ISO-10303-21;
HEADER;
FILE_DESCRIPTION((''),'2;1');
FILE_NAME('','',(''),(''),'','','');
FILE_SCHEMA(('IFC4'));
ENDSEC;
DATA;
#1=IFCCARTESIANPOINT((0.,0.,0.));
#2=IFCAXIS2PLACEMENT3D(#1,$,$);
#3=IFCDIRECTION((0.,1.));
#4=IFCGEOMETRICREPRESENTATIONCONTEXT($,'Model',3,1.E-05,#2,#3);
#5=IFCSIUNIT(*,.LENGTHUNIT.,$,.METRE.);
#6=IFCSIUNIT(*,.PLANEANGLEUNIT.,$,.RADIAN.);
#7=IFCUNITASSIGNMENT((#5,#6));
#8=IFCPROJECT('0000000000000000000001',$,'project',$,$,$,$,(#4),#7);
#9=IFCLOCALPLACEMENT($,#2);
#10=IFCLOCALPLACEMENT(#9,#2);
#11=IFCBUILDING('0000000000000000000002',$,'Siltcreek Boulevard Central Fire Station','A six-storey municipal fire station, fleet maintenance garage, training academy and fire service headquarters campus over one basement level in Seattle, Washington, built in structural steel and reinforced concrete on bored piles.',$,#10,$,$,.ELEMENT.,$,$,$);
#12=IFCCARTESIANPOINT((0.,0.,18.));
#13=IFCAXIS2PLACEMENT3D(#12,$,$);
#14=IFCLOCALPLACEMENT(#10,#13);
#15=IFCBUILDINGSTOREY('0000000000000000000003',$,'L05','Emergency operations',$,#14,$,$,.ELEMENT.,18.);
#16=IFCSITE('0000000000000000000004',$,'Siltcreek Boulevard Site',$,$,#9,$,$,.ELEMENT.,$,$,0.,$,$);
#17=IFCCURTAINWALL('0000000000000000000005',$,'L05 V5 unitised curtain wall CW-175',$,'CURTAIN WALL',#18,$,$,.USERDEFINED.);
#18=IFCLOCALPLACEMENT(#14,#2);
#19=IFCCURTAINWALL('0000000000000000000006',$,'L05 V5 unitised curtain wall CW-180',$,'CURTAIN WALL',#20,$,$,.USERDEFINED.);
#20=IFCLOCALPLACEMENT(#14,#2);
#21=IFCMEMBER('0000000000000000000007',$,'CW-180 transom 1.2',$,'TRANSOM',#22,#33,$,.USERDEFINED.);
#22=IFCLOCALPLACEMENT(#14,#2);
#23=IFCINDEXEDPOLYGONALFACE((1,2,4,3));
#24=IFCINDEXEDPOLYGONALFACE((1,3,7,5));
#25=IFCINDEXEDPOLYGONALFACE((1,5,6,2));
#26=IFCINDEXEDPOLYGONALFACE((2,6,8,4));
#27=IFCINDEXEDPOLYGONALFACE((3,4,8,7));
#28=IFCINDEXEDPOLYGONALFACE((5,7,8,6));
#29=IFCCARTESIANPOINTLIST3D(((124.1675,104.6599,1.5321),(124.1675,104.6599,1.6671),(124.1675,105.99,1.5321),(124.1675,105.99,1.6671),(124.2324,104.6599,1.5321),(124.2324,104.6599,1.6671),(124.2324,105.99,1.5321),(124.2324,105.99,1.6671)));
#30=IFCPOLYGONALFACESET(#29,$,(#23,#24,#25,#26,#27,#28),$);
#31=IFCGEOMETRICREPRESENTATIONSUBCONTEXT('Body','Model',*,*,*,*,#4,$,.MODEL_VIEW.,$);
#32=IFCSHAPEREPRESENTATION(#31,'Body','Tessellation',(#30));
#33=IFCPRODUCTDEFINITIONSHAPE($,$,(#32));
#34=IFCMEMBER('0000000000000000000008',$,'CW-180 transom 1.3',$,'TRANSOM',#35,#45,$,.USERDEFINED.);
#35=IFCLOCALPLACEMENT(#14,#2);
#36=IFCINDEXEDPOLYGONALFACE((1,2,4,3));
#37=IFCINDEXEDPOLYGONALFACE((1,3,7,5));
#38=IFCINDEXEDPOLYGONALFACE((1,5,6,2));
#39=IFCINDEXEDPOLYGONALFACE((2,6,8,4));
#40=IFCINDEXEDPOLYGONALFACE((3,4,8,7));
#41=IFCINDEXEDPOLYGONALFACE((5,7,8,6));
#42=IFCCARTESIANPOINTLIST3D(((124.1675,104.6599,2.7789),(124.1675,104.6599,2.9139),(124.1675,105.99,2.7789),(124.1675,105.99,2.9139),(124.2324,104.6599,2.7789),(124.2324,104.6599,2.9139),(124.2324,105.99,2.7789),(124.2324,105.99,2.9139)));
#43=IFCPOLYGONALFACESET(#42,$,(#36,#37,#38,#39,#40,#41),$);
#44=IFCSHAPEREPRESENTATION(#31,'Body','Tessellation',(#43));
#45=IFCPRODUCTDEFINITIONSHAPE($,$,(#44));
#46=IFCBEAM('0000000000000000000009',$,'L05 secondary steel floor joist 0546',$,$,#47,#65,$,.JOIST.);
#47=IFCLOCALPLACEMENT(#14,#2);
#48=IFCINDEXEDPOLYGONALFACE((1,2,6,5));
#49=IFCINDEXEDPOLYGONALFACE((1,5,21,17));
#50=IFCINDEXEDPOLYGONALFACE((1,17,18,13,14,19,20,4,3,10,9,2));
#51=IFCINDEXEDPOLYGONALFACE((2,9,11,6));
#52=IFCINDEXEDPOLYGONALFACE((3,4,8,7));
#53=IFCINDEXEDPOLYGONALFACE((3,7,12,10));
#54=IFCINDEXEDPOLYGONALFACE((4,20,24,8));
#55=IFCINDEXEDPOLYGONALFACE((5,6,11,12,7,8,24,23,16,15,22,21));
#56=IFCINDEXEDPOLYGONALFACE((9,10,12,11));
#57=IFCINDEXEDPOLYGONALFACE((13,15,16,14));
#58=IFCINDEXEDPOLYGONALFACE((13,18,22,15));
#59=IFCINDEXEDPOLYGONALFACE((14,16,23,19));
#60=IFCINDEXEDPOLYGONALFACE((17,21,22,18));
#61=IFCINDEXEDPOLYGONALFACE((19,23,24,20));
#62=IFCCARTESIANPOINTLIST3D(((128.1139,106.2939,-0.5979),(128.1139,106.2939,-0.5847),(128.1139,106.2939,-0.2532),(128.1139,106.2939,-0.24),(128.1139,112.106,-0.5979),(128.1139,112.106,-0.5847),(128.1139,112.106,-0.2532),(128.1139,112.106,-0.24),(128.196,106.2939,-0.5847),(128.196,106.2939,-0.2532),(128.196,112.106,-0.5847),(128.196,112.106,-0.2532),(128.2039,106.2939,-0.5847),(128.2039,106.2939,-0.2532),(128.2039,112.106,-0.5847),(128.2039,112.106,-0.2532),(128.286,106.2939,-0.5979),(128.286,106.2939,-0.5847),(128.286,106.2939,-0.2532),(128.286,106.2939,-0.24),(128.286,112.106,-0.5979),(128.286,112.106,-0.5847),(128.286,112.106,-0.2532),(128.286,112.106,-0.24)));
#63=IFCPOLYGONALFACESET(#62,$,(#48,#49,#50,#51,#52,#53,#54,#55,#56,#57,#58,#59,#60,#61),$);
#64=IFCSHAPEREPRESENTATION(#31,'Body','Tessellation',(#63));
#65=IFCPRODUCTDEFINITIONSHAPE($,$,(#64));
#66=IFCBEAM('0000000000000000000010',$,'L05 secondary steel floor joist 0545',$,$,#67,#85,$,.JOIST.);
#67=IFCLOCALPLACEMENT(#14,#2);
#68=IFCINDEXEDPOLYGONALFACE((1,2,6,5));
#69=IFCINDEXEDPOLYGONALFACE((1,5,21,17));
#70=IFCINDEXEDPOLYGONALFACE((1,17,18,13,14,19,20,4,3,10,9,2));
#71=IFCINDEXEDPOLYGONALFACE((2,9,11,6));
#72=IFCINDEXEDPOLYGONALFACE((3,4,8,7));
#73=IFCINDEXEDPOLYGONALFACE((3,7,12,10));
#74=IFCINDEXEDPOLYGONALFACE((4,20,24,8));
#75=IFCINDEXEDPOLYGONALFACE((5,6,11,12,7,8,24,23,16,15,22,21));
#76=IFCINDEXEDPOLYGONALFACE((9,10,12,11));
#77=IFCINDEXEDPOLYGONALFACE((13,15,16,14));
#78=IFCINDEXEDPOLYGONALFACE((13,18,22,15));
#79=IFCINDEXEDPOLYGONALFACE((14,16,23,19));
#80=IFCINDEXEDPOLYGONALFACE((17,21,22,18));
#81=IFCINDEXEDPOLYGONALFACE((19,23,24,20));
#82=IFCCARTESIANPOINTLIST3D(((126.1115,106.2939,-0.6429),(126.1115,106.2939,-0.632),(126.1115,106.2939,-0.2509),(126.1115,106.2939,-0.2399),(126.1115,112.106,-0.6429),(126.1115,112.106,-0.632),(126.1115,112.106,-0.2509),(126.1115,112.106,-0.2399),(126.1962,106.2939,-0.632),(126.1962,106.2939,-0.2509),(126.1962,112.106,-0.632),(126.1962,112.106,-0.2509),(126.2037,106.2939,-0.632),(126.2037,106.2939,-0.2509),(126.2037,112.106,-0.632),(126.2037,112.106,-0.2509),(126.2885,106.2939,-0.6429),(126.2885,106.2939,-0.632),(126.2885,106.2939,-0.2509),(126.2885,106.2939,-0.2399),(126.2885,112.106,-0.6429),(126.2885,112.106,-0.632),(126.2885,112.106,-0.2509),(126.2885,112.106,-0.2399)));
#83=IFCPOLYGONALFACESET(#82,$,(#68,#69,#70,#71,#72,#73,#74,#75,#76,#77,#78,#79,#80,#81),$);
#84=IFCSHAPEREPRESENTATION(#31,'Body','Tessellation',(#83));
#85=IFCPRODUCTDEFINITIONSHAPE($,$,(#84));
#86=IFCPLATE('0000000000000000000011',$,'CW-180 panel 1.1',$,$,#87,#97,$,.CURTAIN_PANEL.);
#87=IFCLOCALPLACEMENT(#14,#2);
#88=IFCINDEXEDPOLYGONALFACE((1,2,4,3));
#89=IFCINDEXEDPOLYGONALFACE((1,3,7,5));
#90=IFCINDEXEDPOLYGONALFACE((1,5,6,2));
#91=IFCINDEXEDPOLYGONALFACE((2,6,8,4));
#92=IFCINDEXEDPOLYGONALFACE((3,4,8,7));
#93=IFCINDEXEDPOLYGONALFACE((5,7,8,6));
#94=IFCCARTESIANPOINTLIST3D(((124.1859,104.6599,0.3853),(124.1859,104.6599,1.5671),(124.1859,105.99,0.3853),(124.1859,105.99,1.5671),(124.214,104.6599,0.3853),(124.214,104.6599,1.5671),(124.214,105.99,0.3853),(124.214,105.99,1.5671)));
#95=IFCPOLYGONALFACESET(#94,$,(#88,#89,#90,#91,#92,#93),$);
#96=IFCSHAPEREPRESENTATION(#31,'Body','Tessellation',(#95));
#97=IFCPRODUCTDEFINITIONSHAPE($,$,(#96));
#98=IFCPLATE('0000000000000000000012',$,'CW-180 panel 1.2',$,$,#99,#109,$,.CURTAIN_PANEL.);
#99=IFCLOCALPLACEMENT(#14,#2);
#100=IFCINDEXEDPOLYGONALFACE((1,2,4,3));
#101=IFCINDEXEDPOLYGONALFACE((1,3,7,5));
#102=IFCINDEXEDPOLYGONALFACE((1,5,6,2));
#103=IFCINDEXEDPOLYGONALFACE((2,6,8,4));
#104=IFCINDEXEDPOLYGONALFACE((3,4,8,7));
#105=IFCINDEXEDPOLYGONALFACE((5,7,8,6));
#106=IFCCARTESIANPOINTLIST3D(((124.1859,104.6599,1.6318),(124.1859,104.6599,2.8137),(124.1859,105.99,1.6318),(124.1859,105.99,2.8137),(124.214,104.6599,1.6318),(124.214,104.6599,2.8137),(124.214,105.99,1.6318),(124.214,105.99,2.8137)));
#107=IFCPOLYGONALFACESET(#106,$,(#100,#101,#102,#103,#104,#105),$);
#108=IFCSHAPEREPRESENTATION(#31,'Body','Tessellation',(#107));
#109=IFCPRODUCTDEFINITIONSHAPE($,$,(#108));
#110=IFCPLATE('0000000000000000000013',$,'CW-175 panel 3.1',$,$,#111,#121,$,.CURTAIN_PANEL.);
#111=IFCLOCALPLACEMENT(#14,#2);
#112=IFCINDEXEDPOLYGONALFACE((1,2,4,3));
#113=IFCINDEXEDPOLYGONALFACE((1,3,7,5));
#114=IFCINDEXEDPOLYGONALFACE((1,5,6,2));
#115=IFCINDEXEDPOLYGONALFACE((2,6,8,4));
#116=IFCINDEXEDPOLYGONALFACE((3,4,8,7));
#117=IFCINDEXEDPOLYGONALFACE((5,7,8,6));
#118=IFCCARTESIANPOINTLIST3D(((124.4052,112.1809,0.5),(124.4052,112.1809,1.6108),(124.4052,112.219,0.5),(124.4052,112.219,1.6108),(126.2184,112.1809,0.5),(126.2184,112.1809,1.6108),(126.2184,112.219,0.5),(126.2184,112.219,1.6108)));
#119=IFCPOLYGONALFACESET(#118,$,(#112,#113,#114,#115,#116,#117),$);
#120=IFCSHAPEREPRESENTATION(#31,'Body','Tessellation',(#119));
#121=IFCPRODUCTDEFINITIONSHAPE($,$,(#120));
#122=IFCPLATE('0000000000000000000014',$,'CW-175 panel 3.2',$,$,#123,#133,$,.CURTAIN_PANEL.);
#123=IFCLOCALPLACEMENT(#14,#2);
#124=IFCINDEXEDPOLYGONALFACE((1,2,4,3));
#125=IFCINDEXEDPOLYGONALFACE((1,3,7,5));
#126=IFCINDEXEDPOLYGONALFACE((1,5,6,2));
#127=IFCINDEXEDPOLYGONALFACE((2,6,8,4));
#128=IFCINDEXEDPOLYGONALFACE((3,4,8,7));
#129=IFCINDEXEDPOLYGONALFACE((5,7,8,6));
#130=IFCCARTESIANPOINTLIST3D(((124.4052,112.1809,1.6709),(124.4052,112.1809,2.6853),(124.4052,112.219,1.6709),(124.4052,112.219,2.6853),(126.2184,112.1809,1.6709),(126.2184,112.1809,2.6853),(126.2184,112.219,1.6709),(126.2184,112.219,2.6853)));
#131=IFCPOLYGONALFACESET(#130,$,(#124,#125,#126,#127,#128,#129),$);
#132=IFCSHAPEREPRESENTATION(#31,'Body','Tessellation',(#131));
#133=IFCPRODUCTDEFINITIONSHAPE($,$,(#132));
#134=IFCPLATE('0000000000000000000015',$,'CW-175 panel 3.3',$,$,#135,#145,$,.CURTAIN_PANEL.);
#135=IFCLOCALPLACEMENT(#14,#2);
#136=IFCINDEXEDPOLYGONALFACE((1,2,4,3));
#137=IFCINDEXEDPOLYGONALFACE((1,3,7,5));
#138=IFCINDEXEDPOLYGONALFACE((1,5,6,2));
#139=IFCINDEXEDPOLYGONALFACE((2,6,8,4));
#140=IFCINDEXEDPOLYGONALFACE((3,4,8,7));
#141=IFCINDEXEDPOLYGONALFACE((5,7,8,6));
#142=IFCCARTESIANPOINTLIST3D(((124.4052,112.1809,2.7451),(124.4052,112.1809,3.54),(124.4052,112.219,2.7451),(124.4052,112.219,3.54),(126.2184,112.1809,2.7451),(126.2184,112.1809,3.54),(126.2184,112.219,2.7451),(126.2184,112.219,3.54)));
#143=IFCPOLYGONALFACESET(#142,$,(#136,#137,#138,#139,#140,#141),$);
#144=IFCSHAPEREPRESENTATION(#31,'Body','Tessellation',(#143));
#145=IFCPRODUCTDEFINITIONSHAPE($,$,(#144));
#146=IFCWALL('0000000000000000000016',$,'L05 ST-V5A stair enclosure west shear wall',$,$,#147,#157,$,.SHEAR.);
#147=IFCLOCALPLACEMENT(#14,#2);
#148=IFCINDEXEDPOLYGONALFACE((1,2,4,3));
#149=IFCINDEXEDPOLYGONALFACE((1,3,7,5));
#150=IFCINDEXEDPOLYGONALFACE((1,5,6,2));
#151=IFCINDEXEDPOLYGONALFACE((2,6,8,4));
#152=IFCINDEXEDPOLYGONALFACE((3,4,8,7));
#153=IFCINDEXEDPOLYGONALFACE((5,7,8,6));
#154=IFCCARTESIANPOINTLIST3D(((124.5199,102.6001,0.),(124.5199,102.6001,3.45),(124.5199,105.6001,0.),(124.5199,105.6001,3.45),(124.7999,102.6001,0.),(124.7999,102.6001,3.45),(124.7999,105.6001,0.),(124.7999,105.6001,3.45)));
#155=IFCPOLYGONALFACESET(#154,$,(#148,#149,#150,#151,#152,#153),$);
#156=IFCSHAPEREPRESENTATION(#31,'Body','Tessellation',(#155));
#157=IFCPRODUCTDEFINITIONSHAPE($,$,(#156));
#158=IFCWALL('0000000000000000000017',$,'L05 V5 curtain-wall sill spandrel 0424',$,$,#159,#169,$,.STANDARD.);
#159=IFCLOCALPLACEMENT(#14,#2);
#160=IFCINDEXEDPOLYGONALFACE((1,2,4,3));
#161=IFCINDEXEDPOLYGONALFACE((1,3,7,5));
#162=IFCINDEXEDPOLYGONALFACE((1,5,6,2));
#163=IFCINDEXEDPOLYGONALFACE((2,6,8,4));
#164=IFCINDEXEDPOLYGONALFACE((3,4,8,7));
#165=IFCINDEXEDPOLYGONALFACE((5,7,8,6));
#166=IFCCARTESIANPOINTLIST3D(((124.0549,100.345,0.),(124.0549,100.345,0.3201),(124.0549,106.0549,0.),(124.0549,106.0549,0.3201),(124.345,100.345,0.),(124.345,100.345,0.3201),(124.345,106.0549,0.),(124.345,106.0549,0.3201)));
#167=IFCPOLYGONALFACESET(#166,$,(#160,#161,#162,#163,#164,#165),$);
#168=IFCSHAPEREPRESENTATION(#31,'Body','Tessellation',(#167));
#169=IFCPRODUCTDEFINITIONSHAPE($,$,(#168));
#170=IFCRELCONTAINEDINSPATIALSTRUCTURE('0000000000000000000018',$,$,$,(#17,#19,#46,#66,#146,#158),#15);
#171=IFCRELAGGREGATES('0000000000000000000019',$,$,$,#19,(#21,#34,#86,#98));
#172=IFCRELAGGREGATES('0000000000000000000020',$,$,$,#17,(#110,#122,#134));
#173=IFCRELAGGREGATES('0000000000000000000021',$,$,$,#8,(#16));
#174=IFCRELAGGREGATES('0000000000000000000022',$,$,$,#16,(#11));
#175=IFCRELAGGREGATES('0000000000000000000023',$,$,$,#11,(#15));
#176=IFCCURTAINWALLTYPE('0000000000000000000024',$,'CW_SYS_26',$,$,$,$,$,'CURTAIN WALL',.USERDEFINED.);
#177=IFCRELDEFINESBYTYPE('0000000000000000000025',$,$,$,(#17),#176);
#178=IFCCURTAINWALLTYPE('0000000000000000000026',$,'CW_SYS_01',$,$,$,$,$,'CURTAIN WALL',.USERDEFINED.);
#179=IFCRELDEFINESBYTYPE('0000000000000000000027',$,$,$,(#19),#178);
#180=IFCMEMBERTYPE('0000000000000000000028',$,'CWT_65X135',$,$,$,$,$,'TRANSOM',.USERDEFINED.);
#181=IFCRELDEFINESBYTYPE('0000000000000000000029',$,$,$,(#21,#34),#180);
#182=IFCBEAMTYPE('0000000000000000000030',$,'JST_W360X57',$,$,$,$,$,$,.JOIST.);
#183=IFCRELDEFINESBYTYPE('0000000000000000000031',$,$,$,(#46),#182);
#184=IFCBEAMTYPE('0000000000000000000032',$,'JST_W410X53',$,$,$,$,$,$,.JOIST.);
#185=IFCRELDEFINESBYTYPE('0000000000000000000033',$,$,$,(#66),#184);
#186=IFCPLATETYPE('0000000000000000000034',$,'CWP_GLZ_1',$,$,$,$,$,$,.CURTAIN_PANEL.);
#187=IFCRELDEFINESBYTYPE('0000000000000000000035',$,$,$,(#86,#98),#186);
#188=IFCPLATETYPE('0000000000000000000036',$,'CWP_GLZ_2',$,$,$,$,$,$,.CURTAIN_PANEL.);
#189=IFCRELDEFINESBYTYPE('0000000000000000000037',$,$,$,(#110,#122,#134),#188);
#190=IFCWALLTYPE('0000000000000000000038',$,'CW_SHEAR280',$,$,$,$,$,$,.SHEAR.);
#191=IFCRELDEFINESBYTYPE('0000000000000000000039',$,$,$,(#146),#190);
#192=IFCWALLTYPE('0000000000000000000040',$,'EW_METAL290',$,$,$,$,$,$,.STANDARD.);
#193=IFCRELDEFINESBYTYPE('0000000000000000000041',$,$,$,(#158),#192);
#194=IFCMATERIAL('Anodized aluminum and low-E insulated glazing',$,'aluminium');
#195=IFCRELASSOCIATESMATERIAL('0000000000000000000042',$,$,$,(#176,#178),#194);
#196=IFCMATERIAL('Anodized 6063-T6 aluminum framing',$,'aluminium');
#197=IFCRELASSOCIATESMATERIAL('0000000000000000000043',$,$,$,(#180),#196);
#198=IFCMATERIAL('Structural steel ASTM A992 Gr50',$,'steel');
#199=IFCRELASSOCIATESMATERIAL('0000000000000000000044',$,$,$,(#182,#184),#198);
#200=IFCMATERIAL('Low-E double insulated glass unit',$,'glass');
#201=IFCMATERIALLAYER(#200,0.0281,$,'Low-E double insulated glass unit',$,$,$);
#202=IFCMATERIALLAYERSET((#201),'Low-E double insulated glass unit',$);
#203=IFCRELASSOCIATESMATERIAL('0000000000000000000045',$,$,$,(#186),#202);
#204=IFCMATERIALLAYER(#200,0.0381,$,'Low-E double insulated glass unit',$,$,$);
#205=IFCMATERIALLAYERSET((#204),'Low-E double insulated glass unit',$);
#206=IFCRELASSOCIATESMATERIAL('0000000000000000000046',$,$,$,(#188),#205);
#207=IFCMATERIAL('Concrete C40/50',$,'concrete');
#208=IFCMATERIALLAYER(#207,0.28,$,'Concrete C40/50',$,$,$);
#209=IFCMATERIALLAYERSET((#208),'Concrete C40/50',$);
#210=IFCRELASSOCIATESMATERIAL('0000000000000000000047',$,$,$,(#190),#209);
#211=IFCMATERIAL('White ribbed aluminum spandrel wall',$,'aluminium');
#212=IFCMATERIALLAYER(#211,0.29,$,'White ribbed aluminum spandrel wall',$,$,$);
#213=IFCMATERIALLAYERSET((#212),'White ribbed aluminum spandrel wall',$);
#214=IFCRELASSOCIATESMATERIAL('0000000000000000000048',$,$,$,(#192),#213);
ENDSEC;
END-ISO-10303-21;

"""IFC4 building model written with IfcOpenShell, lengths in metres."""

from ifc_helpers import new_model, si_unit, direction, frame, frame_2d, origin, origin_2d, place, context, subcontext, project, spatial, rectangle, i_section, extrude, material, layer, layer_set, material_profile, profile_set, type_object, element, aggregate, save


model = new_model("IFC4")

# Units and contexts
model_context = context("Model", 3, precision=1e-05, world=origin(), true_north=direction((0.0, 1.0)))
body_context = subcontext(model_context, "Body", "Model", "MODEL_VIEW")
ifc_project = project(units=[si_unit("LENGTHUNIT", "METRE"), si_unit("PLANEANGLEUNIT", "RADIAN")], contexts=[model_context])

# Site, building, storey
site_placement = place(None, origin())
site = spatial("IfcSite", under=ifc_project, at=site_placement, Name="Siltcreek Boulevard Site", CompositionType="ELEMENT", RefElevation=0.0)
building_placement = place(site_placement, origin())
building = spatial("IfcBuilding", under=site, at=building_placement, Name="Siltcreek Boulevard Central Fire Station", Description="A six-storey municipal fire station, fleet maintenance garage, training academy and fire service headquarters campus over one basement level in Seattle, Washington, built in structural steel and reinforced concrete on bored piles.", CompositionType="ELEMENT")
storey_placement = place(building_placement, frame((0.0, 0.0, 18.0)))
storey = spatial("IfcBuildingStorey", under=building, at=storey_placement, Name="L05", Description="Emergency operations", CompositionType="ELEMENT", Elevation=18.0)

# Shared definitions
ifc_material_1 = material(Name="Structural steel ASTM A992 Gr50", Category="steel")

# Curtain walls
ifc_material_2 = material(Name="Anodized aluminum and low-E insulated glazing", Category="aluminium")
curtain_wall_type_1 = type_object("IfcCurtainWallType", Name="CW_SYS_26", ElementType="CURTAIN WALL", PredefinedType="USERDEFINED", material=ifc_material_2)
curtain_wall_1_placement = place(storey_placement, origin())
curtain_wall_1 = element("IfcCurtainWall", 1, at=curtain_wall_1_placement, inside=storey, type_object=curtain_wall_type_1, Name="L05 V5 unitised curtain wall CW-175", ObjectType="CURTAIN WALL", PredefinedType="USERDEFINED")
ifc_material_3 = material(Name="Anodized 6063-T6 aluminum framing", Category="aluminium")
curtain_wall_type_2 = type_object("IfcCurtainWallType", Name="CW_SYS_01", ElementType="CURTAIN WALL", PredefinedType="USERDEFINED", material=ifc_material_2)
curtain_wall_2_placement = place(storey_placement, origin())
curtain_wall_2 = element("IfcCurtainWall", 2, at=curtain_wall_2_placement, inside=storey, type_object=curtain_wall_type_2, Name="L05 V5 unitised curtain wall CW-180", ObjectType="CURTAIN WALL", PredefinedType="USERDEFINED")

# Members
ifc_material_profile_1 = material_profile(ifc_material_3, rectangle(XDim=0.0649, YDim=0.135, at=origin_2d()), Name="TRAN65X135")
ifc_profile_set_1 = profile_set([ifc_material_profile_1], Name="Anodized 6063-T6 aluminum framing")
member_type_1 = type_object("IfcMemberType", Name="CWT_65X135", ElementType="TRANSOM", PredefinedType="USERDEFINED", material=ifc_profile_set_1)
member_1_placement = place(storey_placement, frame((124.2, 105.99, 1.5996), z_axis=(0.0, -1.0, 0.0), x_axis=(1.0, 0.0, 0.0)))
member_1 = element("IfcMember", 3, at=member_1_placement, type_object=member_type_1, Name="CW-180 transom 1.2", ObjectType="TRANSOM", PredefinedType="USERDEFINED", context=body_context, shape_type="SweptSolid", body=[
    extrude(rectangle(XDim=0.0649, YDim=0.135, at=origin_2d()), origin(), (0.0, 0.0, 1.0), 1.3301),
])
member_2_placement = place(storey_placement, frame((124.2, 105.99, 2.8464), z_axis=(0.0, -1.0, 0.0), x_axis=(1.0, 0.0, 0.0)))
member_2 = element("IfcMember", 4, at=member_2_placement, type_object=member_type_1, Name="CW-180 transom 1.3", ObjectType="TRANSOM", PredefinedType="USERDEFINED", context=body_context, shape_type="SweptSolid", body=[
    extrude(rectangle(XDim=0.0649, YDim=0.135, at=origin_2d()), origin(), (0.0, 0.0, 1.0), 1.3301),
])

# Beams
ifc_material_profile_2 = material_profile(ifc_material_1, i_section(OverallWidth=0.1721, OverallDepth=0.3579, WebThickness=0.0078, FlangeThickness=0.0132, at=origin_2d()), Name="W360X57")
ifc_profile_set_2 = profile_set([ifc_material_profile_2], Name="Structural steel ASTM A992 Gr50")
beam_type_1 = type_object("IfcBeamType", Name="JST_W360X57", PredefinedType="JOIST", material=ifc_profile_set_2)
beam_1_placement = place(storey_placement, frame((128.2, 106.2939, -0.4189), z_axis=(0.0, 1.0, 0.0), x_axis=(-1.0, 0.0, 0.0)))
element("IfcBeam", 5, at=beam_1_placement, inside=storey, type_object=beam_type_1, Name="L05 secondary steel floor joist 0546", PredefinedType="JOIST", context=body_context, shape_type="SweptSolid", body=[
    extrude(i_section(OverallWidth=0.1721, OverallDepth=0.3579, WebThickness=0.0078, FlangeThickness=0.0132, at=origin_2d()), origin(), (0.0, 0.0, 1.0), 5.812),
])
ifc_material_profile_3 = material_profile(ifc_material_1, i_section(OverallWidth=0.177, OverallDepth=0.4031, WebThickness=0.0076, FlangeThickness=0.011, at=origin_2d()), Name="W410X53")
ifc_profile_set_3 = profile_set([ifc_material_profile_3], Name="Structural steel ASTM A992 Gr50")
beam_type_2 = type_object("IfcBeamType", Name="JST_W410X53", PredefinedType="JOIST", material=ifc_profile_set_3)
beam_2_placement = place(storey_placement, frame((126.2, 106.2939, -0.4414), z_axis=(0.0, 1.0, 0.0), x_axis=(-1.0, 0.0, 0.0)))
element("IfcBeam", 6, at=beam_2_placement, inside=storey, type_object=beam_type_2, Name="L05 secondary steel floor joist 0545", PredefinedType="JOIST", context=body_context, shape_type="SweptSolid", body=[
    extrude(i_section(OverallWidth=0.177, OverallDepth=0.4031, WebThickness=0.0076, FlangeThickness=0.011, at=origin_2d()), origin(), (0.0, 0.0, 1.0), 5.812),
])

# Plates
ifc_material_4 = material(Name="Low-E double insulated glass unit", Category="glass")
ifc_layer_1 = layer(ifc_material_4, 0.0281, Name="Low-E double insulated glass unit")
ifc_layer_set_1 = layer_set([ifc_layer_1], Name="Low-E double insulated glass unit")
plate_type_1 = type_object("IfcPlateType", Name="CWP_GLZ_1", PredefinedType="CURTAIN_PANEL", material=ifc_layer_set_1)
plate_1_placement = place(storey_placement, frame((124.2, 105.325, 0.3853), z_axis=(0.0, 0.0, 1.0), x_axis=(0.0, -1.0, 0.0)))
plate_1 = element("IfcPlate", 7, at=plate_1_placement, type_object=plate_type_1, Name="CW-180 panel 1.1", PredefinedType="CURTAIN_PANEL", context=body_context, shape_type="SweptSolid", body=[
    extrude(rectangle(XDim=1.3301, YDim=0.0281, at=origin_2d()), origin(), (0.0, 0.0, 1.0), 1.1819),
])
plate_2_placement = place(storey_placement, frame((124.2, 105.325, 1.6318), z_axis=(0.0, 0.0, 1.0), x_axis=(0.0, -1.0, 0.0)))
plate_2 = element("IfcPlate", 8, at=plate_2_placement, type_object=plate_type_1, Name="CW-180 panel 1.2", PredefinedType="CURTAIN_PANEL", context=body_context, shape_type="SweptSolid", body=[
    extrude(rectangle(XDim=1.3301, YDim=0.0281, at=origin_2d()), origin(), (0.0, 0.0, 1.0), 1.1819),
])
aggregate(curtain_wall_2, [member_1, member_2, plate_1, plate_2])
ifc_layer_2 = layer(ifc_material_4, 0.0381, Name="Low-E double insulated glass unit")
ifc_layer_set_2 = layer_set([ifc_layer_2], Name="Low-E double insulated glass unit")
plate_type_2 = type_object("IfcPlateType", Name="CWP_GLZ_2", PredefinedType="CURTAIN_PANEL", material=ifc_layer_set_2)
plate_3_placement = place(storey_placement, frame((125.3118, 112.2, 0.5), z_axis=(0.0, 0.0, 1.0), x_axis=(-1.0, 0.0, 0.0)))
plate_3 = element("IfcPlate", 9, at=plate_3_placement, type_object=plate_type_2, Name="CW-175 panel 3.1", PredefinedType="CURTAIN_PANEL", context=body_context, shape_type="SweptSolid", body=[
    extrude(rectangle(XDim=1.8132, YDim=0.0381, at=origin_2d()), origin(), (0.0, 0.0, 1.0), 1.1108),
])
plate_4_placement = place(storey_placement, frame((125.3118, 112.2, 1.6709), z_axis=(0.0, 0.0, 1.0), x_axis=(-1.0, 0.0, 0.0)))
plate_4 = element("IfcPlate", 10, at=plate_4_placement, type_object=plate_type_2, Name="CW-175 panel 3.2", PredefinedType="CURTAIN_PANEL", context=body_context, shape_type="SweptSolid", body=[
    extrude(rectangle(XDim=1.8132, YDim=0.0381, at=origin_2d()), origin(), (0.0, 0.0, 1.0), 1.0144),
])
plate_5_placement = place(storey_placement, frame((125.3118, 112.2, 2.7451), z_axis=(0.0, 0.0, 1.0), x_axis=(-1.0, 0.0, 0.0)))
plate_5 = element("IfcPlate", 11, at=plate_5_placement, type_object=plate_type_2, Name="CW-175 panel 3.3", PredefinedType="CURTAIN_PANEL", context=body_context, shape_type="SweptSolid", body=[
    extrude(rectangle(XDim=1.8132, YDim=0.0381, at=origin_2d()), origin(), (0.0, 0.0, 1.0), 0.7949),
])
aggregate(curtain_wall_1, [plate_3, plate_4, plate_5])

# Walls
ifc_material_5 = material(Name="Concrete C40/50", Category="concrete")
ifc_layer_3 = layer(ifc_material_5, 0.28, Name="Concrete C40/50")
ifc_layer_set_3 = layer_set([ifc_layer_3], Name="Concrete C40/50")
wall_type_1 = type_object("IfcWallType", Name="CW_SHEAR280", PredefinedType="SHEAR", material=ifc_layer_set_3)
wall_1_placement = place(storey_placement, frame((124.6599, 105.6001, 0.0), z_axis=(0.0, 0.0, 1.0), x_axis=(0.0, -1.0, 0.0)))
element("IfcWall", 12, at=wall_1_placement, inside=storey, type_object=wall_type_1, Name="L05 ST-V5A stair enclosure west shear wall", PredefinedType="SHEAR", context=body_context, shape_type="SweptSolid", body=[
    extrude(rectangle(XDim=3.0, YDim=0.28, at=frame_2d((1.5, 0.0))), origin(), (0.0, 0.0, 1.0), 3.45),
])
ifc_material_6 = material(Name="White ribbed aluminum spandrel wall", Category="aluminium")
ifc_layer_4 = layer(ifc_material_6, 0.29, Name="White ribbed aluminum spandrel wall")
ifc_layer_set_4 = layer_set([ifc_layer_4], Name="White ribbed aluminum spandrel wall")
wall_type_2 = type_object("IfcWallType", Name="EW_METAL290", PredefinedType="STANDARD", material=ifc_layer_set_4)
wall_2_placement = place(storey_placement, frame((124.2, 106.0549, 0.0), z_axis=(0.0, 0.0, 1.0), x_axis=(0.0, -1.0, 0.0)))
element("IfcWall", 13, at=wall_2_placement, inside=storey, type_object=wall_type_2, Name="L05 V5 curtain-wall sill spandrel 0424", PredefinedType="STANDARD", context=body_context, shape_type="SweptSolid", body=[
    extrude(rectangle(XDim=5.71, YDim=0.29, at=frame_2d((2.855, 0.0))), origin(), (0.0, 0.0, 1.0), 0.3201),
])

save(model, "model.ifc")
